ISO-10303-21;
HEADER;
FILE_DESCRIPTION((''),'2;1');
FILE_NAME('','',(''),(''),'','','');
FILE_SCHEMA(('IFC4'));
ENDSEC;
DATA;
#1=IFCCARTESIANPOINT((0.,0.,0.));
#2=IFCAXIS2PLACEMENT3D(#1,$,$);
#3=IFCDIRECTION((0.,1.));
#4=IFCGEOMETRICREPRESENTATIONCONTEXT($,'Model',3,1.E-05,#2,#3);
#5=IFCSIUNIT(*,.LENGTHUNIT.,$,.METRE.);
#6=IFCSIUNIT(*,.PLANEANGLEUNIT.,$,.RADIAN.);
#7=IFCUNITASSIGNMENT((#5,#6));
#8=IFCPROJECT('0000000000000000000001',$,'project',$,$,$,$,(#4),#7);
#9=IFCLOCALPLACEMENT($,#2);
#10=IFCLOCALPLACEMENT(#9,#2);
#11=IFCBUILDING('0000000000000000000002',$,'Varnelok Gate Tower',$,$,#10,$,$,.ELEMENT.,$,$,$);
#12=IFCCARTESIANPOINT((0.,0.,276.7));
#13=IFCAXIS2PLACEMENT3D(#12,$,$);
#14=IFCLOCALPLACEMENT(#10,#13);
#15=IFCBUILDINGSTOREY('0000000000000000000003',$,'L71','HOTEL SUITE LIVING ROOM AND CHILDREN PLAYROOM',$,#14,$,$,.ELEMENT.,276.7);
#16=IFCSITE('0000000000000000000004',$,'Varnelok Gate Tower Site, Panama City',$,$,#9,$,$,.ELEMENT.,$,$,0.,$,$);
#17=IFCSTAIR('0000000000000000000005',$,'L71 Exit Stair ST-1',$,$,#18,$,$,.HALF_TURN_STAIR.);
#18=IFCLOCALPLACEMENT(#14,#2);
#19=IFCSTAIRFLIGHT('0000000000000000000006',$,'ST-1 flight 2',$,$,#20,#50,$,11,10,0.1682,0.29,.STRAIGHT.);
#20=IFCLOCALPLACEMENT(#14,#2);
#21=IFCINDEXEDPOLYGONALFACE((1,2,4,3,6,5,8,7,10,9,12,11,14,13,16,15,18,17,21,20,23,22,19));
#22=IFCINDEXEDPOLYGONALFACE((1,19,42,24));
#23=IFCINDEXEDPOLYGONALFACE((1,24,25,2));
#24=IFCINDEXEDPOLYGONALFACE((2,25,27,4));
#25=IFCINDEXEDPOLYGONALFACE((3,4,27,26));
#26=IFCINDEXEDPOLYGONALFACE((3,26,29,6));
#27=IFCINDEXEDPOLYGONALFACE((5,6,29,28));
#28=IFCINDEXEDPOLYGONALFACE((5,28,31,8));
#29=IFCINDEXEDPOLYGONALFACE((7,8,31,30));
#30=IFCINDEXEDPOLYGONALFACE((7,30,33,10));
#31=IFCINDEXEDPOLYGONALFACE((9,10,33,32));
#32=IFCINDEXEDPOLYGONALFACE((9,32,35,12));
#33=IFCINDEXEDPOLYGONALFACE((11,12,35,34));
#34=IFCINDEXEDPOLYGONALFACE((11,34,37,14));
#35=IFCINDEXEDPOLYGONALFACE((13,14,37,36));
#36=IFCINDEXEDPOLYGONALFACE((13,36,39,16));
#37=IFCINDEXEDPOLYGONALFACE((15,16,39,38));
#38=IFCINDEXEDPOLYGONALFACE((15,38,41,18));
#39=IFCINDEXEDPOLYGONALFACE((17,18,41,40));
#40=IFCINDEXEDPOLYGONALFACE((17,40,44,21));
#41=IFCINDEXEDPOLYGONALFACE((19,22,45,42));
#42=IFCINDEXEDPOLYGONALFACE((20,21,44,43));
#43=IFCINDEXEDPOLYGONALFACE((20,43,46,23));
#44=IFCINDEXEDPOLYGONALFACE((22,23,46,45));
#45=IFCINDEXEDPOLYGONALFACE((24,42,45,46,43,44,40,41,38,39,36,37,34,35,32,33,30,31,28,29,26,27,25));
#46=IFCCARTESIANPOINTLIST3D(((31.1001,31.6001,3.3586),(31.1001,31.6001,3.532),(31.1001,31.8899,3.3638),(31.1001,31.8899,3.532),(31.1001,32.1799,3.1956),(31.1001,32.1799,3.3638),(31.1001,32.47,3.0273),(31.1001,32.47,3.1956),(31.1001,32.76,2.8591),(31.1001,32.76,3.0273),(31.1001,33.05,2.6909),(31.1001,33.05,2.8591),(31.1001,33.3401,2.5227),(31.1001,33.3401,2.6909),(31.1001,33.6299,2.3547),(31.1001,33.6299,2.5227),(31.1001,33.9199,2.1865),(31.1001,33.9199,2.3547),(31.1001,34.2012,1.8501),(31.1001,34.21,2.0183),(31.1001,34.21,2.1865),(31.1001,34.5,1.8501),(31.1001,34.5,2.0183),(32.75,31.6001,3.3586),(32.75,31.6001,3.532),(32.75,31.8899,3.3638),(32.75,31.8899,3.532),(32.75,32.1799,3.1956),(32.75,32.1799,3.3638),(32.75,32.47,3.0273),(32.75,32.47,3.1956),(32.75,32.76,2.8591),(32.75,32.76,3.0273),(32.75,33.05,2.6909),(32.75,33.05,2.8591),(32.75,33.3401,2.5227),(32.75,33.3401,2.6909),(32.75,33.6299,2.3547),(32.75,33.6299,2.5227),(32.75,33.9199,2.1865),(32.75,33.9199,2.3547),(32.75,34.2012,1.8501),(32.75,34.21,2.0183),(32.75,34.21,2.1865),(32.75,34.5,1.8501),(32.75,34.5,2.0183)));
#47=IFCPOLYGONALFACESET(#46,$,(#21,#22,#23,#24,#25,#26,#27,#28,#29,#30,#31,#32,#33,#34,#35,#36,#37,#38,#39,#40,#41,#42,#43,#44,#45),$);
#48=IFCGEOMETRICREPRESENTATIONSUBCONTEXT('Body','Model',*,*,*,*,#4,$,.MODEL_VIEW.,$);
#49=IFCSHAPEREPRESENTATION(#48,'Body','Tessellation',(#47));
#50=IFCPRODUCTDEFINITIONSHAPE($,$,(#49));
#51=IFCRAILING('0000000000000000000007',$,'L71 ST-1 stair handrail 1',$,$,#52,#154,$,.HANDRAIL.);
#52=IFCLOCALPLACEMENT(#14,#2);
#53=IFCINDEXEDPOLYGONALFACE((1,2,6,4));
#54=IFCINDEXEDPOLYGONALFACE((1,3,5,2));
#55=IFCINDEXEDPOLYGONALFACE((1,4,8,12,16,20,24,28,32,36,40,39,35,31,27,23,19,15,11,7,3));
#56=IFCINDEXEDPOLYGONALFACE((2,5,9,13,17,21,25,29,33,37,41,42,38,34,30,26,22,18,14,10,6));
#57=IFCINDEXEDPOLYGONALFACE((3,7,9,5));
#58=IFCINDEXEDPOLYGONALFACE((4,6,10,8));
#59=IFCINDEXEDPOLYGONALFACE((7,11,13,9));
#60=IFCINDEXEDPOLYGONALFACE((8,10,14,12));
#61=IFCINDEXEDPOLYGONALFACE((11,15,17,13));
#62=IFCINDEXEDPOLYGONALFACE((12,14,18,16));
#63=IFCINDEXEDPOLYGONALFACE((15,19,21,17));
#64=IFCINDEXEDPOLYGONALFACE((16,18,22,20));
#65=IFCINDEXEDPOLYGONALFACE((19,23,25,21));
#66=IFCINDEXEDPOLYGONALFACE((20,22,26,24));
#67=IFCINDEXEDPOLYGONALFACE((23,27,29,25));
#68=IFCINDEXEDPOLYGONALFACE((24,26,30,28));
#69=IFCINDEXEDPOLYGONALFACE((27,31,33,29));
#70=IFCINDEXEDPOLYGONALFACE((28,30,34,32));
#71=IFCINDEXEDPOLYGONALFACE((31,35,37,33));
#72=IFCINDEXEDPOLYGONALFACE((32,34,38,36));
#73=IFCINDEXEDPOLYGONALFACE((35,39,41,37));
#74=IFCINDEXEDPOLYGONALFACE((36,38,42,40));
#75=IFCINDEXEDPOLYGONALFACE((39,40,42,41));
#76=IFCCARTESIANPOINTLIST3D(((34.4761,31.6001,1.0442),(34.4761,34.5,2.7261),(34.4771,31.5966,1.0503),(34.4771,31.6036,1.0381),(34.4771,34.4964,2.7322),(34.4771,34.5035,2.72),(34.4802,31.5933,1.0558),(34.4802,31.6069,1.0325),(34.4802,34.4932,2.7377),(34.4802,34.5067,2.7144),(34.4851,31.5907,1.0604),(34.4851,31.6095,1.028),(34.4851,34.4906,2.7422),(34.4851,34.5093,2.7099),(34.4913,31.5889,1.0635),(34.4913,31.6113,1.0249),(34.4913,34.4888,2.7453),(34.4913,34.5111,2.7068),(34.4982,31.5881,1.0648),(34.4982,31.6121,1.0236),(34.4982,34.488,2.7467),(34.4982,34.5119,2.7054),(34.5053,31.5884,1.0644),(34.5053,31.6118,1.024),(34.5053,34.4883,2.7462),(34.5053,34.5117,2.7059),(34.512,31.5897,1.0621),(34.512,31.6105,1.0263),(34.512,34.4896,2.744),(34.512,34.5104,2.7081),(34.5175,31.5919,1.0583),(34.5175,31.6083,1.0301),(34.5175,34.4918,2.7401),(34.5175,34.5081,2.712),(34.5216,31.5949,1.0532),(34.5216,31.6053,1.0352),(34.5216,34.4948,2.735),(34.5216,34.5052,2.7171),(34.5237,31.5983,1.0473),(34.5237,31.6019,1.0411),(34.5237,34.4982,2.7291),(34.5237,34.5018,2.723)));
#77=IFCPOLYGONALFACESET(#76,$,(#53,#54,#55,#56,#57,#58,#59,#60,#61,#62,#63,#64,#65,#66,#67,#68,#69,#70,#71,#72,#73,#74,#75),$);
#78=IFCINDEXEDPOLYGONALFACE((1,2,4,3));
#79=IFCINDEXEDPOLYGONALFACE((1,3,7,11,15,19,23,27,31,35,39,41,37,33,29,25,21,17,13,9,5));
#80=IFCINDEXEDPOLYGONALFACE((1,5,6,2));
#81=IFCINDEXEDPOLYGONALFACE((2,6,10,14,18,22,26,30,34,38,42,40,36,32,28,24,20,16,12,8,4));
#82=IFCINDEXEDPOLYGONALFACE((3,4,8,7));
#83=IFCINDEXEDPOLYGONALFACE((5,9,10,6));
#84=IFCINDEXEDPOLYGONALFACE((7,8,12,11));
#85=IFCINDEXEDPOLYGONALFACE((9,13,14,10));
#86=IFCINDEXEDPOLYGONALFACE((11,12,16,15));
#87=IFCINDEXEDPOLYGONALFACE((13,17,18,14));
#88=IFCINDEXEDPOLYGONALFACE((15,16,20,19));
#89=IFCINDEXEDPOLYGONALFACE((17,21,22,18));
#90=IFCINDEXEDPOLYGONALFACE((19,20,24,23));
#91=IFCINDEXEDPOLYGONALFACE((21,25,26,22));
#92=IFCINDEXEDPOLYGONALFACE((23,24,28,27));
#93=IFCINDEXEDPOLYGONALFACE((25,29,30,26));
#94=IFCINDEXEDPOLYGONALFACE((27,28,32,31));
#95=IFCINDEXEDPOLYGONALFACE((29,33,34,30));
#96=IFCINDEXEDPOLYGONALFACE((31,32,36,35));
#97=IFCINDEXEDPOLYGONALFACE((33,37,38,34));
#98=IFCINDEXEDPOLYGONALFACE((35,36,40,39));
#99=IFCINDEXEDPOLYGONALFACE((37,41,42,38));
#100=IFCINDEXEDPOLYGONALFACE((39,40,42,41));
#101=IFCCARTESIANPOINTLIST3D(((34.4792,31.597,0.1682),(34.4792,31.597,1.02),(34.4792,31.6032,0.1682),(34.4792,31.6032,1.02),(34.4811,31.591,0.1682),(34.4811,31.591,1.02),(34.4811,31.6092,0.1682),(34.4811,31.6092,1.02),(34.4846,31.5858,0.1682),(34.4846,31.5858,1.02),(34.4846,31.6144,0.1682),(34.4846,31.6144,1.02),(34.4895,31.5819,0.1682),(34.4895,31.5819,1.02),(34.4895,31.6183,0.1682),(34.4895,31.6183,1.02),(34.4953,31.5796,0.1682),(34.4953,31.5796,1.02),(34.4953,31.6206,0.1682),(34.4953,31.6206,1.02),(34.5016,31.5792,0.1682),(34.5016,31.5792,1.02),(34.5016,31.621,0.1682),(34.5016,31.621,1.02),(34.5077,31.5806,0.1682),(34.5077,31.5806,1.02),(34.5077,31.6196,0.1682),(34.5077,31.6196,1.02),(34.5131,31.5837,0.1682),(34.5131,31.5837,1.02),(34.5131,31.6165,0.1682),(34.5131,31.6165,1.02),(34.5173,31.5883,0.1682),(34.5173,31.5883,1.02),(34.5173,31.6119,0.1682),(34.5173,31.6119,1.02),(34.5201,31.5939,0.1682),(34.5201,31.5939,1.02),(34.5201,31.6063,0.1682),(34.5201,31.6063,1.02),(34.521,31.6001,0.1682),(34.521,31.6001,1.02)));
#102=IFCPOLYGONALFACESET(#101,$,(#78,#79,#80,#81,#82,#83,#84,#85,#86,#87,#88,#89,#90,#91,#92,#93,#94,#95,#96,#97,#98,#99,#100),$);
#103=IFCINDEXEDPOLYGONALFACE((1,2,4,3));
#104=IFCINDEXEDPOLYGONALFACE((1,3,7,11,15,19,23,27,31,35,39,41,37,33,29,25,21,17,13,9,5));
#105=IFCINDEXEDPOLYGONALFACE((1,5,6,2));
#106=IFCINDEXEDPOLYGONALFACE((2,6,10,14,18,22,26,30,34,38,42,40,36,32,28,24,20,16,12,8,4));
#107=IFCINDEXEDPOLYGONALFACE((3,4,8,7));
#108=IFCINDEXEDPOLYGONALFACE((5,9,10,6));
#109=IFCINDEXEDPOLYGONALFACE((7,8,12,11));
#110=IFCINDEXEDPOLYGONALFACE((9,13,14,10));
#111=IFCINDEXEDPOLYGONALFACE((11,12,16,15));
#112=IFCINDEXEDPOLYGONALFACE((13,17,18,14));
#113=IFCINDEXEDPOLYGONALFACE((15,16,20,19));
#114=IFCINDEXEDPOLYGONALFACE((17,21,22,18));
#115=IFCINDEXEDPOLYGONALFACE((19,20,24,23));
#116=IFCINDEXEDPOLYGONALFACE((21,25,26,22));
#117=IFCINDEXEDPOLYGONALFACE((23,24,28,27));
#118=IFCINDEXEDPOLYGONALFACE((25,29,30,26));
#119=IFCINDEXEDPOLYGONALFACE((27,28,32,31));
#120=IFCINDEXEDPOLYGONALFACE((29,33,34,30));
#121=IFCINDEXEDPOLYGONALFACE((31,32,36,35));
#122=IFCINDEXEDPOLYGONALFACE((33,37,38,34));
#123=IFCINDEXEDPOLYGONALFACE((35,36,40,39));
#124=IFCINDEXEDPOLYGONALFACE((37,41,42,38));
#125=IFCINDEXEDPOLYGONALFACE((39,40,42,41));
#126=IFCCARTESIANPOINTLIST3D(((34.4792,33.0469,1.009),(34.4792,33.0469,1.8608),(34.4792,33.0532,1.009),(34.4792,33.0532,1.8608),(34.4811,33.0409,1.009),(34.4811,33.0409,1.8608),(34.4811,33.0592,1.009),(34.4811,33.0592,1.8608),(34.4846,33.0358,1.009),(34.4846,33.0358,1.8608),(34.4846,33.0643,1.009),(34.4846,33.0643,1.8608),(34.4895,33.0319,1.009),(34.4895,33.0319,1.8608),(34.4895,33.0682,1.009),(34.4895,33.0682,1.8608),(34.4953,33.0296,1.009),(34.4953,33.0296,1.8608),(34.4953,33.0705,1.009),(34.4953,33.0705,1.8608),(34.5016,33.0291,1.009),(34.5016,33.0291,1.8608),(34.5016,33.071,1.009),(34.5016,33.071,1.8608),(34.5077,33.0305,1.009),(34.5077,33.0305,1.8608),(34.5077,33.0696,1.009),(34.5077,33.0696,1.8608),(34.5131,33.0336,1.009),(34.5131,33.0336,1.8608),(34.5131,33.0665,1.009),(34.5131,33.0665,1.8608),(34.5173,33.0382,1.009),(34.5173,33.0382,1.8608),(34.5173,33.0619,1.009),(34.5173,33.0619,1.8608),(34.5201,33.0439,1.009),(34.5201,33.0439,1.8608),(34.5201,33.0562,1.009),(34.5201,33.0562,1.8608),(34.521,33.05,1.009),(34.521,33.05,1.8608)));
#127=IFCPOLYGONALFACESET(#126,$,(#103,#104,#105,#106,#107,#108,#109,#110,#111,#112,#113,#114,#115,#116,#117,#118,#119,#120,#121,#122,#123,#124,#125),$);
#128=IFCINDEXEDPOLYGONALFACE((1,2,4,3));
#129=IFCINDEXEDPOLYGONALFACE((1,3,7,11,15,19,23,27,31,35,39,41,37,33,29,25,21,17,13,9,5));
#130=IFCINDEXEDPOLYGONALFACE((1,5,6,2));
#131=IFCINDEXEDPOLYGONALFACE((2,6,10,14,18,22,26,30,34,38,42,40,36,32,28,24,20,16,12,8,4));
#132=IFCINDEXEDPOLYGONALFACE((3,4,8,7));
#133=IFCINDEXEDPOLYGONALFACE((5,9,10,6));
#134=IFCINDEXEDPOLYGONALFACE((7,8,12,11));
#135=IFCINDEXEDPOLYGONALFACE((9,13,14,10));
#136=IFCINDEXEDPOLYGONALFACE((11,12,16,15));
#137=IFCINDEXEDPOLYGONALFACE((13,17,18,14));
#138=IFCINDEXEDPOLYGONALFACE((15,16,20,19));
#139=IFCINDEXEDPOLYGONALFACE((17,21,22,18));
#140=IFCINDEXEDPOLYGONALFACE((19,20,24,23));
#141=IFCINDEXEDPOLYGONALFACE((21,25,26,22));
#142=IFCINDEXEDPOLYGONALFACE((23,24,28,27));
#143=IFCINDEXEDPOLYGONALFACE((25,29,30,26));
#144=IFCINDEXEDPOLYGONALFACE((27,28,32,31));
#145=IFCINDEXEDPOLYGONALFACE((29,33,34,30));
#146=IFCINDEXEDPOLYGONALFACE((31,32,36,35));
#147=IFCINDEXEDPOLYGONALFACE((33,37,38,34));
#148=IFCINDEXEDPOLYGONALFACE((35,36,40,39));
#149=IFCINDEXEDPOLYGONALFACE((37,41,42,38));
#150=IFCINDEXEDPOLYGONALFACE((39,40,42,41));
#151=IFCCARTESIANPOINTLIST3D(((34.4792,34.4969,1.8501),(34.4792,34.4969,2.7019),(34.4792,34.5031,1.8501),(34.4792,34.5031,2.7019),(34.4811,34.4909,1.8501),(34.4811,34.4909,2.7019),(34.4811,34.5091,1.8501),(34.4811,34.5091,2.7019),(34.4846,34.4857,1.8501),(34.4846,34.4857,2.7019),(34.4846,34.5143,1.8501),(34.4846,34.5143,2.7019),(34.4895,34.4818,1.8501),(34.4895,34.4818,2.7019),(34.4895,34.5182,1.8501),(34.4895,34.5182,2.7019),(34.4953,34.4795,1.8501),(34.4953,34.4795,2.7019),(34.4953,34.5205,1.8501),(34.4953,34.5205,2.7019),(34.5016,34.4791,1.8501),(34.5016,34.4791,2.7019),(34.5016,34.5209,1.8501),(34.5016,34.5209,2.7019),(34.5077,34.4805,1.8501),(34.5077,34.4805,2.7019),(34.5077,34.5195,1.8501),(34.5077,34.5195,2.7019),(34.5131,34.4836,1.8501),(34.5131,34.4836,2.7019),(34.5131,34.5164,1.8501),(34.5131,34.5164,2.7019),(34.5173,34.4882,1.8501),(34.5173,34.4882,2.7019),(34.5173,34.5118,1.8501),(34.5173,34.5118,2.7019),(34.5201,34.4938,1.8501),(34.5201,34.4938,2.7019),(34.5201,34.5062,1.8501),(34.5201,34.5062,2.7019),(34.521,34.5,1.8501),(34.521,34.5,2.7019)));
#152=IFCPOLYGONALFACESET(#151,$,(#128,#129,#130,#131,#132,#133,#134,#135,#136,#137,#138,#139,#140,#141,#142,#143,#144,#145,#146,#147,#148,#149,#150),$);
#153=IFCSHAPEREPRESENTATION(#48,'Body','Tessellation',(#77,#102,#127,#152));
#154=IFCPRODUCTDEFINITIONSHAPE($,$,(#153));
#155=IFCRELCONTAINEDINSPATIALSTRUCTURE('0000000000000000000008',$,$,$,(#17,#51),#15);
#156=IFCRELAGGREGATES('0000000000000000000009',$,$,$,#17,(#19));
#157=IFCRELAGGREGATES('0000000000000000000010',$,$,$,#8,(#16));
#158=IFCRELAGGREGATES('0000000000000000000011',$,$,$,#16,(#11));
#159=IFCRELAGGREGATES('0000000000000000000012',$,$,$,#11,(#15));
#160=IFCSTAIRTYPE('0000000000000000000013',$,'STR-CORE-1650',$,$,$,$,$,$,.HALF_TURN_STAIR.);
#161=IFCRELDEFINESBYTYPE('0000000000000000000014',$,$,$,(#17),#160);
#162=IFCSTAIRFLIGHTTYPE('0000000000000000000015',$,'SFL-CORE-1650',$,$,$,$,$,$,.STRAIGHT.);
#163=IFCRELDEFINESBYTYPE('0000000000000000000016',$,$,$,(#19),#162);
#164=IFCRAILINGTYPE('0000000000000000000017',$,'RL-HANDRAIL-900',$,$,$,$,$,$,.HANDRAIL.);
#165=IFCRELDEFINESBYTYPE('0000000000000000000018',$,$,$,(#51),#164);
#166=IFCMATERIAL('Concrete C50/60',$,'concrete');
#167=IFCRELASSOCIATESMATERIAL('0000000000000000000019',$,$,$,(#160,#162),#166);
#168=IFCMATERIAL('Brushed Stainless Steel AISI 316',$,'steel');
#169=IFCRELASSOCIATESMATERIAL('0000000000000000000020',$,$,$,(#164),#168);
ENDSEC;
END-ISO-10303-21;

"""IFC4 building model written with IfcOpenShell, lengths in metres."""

from ifc_helpers import new_model, si_unit, direction, frame, origin, origin_2d, place, context, subcontext, project, spatial, polyline, circle, outline, extrude, material, type_object, element, aggregate, save


model = new_model("IFC4")

# Units and contexts
model_context = context("Model", 3, precision=1e-05, world=origin(), true_north=direction((0.0, 1.0)))
body_context = subcontext(model_context, "Body", "Model", "MODEL_VIEW")
ifc_project = project(units=[si_unit("LENGTHUNIT", "METRE"), si_unit("PLANEANGLEUNIT", "RADIAN")], contexts=[model_context])

# Site, building, storey
site_placement = place(None, origin())
site = spatial("IfcSite", under=ifc_project, at=site_placement, Name="Varnelok Gate Tower Site, Panama City", CompositionType="ELEMENT", RefElevation=0.0)
building_placement = place(site_placement, origin())
building = spatial("IfcBuilding", under=site, at=building_placement, Name="Varnelok Gate Tower", CompositionType="ELEMENT")
storey_placement = place(building_placement, frame((0.0, 0.0, 276.7)))
storey = spatial("IfcBuildingStorey", under=building, at=storey_placement, Name="L71", Description="HOTEL SUITE LIVING ROOM AND CHILDREN PLAYROOM", CompositionType="ELEMENT", Elevation=276.7)

# Shared definitions
ifc_material_1 = material(Name="Concrete C50/60", Category="concrete")

# Stair, stair flight
stair_type = type_object("IfcStairType", Name="STR-CORE-1650", PredefinedType="HALF_TURN_STAIR", material=ifc_material_1)
stair_placement = place(storey_placement, origin())
stair = element("IfcStair", 1, at=stair_placement, inside=storey, type_object=stair_type, Name="L71 Exit Stair ST-1", PredefinedType="HALF_TURN_STAIR")
stair_flight_type = type_object("IfcStairFlightType", Name="SFL-CORE-1650", PredefinedType="STRAIGHT", material=ifc_material_1)
stair_flight_1_placement = place(storey_placement, frame((31.925, 34.5, 1.8501), z_axis=(0.0, 0.0, 1.0), x_axis=(0.0, -1.0, 0.0)))
stair_flight_1 = element("IfcStairFlight", 2, at=stair_flight_1_placement, type_object=stair_flight_type, Name="ST-1 flight 2", NumberOfRisers=11, NumberOfTreads=10, PredefinedType="STRAIGHT", RiserHeight=0.1682, TreadLength=0.29, context=body_context, shape_type="SweptSolid", body=[
    extrude(outline(polyline([(0.0, 0.0), (0.0, 0.1682), (0.29, 0.1682), (0.29, 0.3364), (0.5801, 0.3364), (0.5801, 0.5046), (0.8701, 0.5046), (0.8701, 0.6726), (1.1599, 0.6726), (1.1599, 0.8408), (1.45, 0.8408), (1.45, 1.009), (1.74, 1.009), (1.74, 1.1772), (2.03, 1.1772), (2.03, 1.3455), (2.3201, 1.3455), (2.3201, 1.5137), (2.6101, 1.5137), (2.6101, 1.6819), (2.8999, 1.6819), (2.8999, 1.8501), (2.8999, 1.5085), (0.2988, 0.0), (0.0, 0.0)])), frame((0.0, 0.825, 0.0), z_axis=(0.0, -1.0, 0.0), x_axis=(1.0, 0.0, 0.0)), (0.0, 0.0, 1.0), 1.6499),
])
aggregate(stair, [stair_flight_1])

# Railing
ifc_material_2 = material(Name="Brushed Stainless Steel AISI 316", Category="steel")
railing_type_1 = type_object("IfcRailingType", Name="RL-HANDRAIL-900", PredefinedType="HANDRAIL", material=ifc_material_2)
railing_1_placement = place(storey_placement, frame((34.5, 31.6001, 0.1682)))
element("IfcRailing", 3, at=railing_1_placement, inside=storey, type_object=railing_type_1, Name="L71 ST-1 stair handrail 1", PredefinedType="HANDRAIL", context=body_context, shape_type="SweptSolid", body=[
    extrude(circle(Radius=0.0239, at=origin_2d()), frame((0.0, 0.0, 0.876), z_axis=(0.0, 0.865039, 0.501705), x_axis=(-1.0, 0.0, 0.0)), (0.0, 0.0, 1.0), 3.3523),
    extrude(circle(Radius=0.021, at=origin_2d()), origin(), (0.0, 0.0, 1.0), 0.8518),
    extrude(circle(Radius=0.021, at=origin_2d()), frame((0.0, 1.45, 0.8408)), (0.0, 0.0, 1.0), 0.8518),
    extrude(circle(Radius=0.021, at=origin_2d()), frame((0.0, 2.8999, 1.6819)), (0.0, 0.0, 1.0), 0.8518),
])

save(model, "model.ifc")
